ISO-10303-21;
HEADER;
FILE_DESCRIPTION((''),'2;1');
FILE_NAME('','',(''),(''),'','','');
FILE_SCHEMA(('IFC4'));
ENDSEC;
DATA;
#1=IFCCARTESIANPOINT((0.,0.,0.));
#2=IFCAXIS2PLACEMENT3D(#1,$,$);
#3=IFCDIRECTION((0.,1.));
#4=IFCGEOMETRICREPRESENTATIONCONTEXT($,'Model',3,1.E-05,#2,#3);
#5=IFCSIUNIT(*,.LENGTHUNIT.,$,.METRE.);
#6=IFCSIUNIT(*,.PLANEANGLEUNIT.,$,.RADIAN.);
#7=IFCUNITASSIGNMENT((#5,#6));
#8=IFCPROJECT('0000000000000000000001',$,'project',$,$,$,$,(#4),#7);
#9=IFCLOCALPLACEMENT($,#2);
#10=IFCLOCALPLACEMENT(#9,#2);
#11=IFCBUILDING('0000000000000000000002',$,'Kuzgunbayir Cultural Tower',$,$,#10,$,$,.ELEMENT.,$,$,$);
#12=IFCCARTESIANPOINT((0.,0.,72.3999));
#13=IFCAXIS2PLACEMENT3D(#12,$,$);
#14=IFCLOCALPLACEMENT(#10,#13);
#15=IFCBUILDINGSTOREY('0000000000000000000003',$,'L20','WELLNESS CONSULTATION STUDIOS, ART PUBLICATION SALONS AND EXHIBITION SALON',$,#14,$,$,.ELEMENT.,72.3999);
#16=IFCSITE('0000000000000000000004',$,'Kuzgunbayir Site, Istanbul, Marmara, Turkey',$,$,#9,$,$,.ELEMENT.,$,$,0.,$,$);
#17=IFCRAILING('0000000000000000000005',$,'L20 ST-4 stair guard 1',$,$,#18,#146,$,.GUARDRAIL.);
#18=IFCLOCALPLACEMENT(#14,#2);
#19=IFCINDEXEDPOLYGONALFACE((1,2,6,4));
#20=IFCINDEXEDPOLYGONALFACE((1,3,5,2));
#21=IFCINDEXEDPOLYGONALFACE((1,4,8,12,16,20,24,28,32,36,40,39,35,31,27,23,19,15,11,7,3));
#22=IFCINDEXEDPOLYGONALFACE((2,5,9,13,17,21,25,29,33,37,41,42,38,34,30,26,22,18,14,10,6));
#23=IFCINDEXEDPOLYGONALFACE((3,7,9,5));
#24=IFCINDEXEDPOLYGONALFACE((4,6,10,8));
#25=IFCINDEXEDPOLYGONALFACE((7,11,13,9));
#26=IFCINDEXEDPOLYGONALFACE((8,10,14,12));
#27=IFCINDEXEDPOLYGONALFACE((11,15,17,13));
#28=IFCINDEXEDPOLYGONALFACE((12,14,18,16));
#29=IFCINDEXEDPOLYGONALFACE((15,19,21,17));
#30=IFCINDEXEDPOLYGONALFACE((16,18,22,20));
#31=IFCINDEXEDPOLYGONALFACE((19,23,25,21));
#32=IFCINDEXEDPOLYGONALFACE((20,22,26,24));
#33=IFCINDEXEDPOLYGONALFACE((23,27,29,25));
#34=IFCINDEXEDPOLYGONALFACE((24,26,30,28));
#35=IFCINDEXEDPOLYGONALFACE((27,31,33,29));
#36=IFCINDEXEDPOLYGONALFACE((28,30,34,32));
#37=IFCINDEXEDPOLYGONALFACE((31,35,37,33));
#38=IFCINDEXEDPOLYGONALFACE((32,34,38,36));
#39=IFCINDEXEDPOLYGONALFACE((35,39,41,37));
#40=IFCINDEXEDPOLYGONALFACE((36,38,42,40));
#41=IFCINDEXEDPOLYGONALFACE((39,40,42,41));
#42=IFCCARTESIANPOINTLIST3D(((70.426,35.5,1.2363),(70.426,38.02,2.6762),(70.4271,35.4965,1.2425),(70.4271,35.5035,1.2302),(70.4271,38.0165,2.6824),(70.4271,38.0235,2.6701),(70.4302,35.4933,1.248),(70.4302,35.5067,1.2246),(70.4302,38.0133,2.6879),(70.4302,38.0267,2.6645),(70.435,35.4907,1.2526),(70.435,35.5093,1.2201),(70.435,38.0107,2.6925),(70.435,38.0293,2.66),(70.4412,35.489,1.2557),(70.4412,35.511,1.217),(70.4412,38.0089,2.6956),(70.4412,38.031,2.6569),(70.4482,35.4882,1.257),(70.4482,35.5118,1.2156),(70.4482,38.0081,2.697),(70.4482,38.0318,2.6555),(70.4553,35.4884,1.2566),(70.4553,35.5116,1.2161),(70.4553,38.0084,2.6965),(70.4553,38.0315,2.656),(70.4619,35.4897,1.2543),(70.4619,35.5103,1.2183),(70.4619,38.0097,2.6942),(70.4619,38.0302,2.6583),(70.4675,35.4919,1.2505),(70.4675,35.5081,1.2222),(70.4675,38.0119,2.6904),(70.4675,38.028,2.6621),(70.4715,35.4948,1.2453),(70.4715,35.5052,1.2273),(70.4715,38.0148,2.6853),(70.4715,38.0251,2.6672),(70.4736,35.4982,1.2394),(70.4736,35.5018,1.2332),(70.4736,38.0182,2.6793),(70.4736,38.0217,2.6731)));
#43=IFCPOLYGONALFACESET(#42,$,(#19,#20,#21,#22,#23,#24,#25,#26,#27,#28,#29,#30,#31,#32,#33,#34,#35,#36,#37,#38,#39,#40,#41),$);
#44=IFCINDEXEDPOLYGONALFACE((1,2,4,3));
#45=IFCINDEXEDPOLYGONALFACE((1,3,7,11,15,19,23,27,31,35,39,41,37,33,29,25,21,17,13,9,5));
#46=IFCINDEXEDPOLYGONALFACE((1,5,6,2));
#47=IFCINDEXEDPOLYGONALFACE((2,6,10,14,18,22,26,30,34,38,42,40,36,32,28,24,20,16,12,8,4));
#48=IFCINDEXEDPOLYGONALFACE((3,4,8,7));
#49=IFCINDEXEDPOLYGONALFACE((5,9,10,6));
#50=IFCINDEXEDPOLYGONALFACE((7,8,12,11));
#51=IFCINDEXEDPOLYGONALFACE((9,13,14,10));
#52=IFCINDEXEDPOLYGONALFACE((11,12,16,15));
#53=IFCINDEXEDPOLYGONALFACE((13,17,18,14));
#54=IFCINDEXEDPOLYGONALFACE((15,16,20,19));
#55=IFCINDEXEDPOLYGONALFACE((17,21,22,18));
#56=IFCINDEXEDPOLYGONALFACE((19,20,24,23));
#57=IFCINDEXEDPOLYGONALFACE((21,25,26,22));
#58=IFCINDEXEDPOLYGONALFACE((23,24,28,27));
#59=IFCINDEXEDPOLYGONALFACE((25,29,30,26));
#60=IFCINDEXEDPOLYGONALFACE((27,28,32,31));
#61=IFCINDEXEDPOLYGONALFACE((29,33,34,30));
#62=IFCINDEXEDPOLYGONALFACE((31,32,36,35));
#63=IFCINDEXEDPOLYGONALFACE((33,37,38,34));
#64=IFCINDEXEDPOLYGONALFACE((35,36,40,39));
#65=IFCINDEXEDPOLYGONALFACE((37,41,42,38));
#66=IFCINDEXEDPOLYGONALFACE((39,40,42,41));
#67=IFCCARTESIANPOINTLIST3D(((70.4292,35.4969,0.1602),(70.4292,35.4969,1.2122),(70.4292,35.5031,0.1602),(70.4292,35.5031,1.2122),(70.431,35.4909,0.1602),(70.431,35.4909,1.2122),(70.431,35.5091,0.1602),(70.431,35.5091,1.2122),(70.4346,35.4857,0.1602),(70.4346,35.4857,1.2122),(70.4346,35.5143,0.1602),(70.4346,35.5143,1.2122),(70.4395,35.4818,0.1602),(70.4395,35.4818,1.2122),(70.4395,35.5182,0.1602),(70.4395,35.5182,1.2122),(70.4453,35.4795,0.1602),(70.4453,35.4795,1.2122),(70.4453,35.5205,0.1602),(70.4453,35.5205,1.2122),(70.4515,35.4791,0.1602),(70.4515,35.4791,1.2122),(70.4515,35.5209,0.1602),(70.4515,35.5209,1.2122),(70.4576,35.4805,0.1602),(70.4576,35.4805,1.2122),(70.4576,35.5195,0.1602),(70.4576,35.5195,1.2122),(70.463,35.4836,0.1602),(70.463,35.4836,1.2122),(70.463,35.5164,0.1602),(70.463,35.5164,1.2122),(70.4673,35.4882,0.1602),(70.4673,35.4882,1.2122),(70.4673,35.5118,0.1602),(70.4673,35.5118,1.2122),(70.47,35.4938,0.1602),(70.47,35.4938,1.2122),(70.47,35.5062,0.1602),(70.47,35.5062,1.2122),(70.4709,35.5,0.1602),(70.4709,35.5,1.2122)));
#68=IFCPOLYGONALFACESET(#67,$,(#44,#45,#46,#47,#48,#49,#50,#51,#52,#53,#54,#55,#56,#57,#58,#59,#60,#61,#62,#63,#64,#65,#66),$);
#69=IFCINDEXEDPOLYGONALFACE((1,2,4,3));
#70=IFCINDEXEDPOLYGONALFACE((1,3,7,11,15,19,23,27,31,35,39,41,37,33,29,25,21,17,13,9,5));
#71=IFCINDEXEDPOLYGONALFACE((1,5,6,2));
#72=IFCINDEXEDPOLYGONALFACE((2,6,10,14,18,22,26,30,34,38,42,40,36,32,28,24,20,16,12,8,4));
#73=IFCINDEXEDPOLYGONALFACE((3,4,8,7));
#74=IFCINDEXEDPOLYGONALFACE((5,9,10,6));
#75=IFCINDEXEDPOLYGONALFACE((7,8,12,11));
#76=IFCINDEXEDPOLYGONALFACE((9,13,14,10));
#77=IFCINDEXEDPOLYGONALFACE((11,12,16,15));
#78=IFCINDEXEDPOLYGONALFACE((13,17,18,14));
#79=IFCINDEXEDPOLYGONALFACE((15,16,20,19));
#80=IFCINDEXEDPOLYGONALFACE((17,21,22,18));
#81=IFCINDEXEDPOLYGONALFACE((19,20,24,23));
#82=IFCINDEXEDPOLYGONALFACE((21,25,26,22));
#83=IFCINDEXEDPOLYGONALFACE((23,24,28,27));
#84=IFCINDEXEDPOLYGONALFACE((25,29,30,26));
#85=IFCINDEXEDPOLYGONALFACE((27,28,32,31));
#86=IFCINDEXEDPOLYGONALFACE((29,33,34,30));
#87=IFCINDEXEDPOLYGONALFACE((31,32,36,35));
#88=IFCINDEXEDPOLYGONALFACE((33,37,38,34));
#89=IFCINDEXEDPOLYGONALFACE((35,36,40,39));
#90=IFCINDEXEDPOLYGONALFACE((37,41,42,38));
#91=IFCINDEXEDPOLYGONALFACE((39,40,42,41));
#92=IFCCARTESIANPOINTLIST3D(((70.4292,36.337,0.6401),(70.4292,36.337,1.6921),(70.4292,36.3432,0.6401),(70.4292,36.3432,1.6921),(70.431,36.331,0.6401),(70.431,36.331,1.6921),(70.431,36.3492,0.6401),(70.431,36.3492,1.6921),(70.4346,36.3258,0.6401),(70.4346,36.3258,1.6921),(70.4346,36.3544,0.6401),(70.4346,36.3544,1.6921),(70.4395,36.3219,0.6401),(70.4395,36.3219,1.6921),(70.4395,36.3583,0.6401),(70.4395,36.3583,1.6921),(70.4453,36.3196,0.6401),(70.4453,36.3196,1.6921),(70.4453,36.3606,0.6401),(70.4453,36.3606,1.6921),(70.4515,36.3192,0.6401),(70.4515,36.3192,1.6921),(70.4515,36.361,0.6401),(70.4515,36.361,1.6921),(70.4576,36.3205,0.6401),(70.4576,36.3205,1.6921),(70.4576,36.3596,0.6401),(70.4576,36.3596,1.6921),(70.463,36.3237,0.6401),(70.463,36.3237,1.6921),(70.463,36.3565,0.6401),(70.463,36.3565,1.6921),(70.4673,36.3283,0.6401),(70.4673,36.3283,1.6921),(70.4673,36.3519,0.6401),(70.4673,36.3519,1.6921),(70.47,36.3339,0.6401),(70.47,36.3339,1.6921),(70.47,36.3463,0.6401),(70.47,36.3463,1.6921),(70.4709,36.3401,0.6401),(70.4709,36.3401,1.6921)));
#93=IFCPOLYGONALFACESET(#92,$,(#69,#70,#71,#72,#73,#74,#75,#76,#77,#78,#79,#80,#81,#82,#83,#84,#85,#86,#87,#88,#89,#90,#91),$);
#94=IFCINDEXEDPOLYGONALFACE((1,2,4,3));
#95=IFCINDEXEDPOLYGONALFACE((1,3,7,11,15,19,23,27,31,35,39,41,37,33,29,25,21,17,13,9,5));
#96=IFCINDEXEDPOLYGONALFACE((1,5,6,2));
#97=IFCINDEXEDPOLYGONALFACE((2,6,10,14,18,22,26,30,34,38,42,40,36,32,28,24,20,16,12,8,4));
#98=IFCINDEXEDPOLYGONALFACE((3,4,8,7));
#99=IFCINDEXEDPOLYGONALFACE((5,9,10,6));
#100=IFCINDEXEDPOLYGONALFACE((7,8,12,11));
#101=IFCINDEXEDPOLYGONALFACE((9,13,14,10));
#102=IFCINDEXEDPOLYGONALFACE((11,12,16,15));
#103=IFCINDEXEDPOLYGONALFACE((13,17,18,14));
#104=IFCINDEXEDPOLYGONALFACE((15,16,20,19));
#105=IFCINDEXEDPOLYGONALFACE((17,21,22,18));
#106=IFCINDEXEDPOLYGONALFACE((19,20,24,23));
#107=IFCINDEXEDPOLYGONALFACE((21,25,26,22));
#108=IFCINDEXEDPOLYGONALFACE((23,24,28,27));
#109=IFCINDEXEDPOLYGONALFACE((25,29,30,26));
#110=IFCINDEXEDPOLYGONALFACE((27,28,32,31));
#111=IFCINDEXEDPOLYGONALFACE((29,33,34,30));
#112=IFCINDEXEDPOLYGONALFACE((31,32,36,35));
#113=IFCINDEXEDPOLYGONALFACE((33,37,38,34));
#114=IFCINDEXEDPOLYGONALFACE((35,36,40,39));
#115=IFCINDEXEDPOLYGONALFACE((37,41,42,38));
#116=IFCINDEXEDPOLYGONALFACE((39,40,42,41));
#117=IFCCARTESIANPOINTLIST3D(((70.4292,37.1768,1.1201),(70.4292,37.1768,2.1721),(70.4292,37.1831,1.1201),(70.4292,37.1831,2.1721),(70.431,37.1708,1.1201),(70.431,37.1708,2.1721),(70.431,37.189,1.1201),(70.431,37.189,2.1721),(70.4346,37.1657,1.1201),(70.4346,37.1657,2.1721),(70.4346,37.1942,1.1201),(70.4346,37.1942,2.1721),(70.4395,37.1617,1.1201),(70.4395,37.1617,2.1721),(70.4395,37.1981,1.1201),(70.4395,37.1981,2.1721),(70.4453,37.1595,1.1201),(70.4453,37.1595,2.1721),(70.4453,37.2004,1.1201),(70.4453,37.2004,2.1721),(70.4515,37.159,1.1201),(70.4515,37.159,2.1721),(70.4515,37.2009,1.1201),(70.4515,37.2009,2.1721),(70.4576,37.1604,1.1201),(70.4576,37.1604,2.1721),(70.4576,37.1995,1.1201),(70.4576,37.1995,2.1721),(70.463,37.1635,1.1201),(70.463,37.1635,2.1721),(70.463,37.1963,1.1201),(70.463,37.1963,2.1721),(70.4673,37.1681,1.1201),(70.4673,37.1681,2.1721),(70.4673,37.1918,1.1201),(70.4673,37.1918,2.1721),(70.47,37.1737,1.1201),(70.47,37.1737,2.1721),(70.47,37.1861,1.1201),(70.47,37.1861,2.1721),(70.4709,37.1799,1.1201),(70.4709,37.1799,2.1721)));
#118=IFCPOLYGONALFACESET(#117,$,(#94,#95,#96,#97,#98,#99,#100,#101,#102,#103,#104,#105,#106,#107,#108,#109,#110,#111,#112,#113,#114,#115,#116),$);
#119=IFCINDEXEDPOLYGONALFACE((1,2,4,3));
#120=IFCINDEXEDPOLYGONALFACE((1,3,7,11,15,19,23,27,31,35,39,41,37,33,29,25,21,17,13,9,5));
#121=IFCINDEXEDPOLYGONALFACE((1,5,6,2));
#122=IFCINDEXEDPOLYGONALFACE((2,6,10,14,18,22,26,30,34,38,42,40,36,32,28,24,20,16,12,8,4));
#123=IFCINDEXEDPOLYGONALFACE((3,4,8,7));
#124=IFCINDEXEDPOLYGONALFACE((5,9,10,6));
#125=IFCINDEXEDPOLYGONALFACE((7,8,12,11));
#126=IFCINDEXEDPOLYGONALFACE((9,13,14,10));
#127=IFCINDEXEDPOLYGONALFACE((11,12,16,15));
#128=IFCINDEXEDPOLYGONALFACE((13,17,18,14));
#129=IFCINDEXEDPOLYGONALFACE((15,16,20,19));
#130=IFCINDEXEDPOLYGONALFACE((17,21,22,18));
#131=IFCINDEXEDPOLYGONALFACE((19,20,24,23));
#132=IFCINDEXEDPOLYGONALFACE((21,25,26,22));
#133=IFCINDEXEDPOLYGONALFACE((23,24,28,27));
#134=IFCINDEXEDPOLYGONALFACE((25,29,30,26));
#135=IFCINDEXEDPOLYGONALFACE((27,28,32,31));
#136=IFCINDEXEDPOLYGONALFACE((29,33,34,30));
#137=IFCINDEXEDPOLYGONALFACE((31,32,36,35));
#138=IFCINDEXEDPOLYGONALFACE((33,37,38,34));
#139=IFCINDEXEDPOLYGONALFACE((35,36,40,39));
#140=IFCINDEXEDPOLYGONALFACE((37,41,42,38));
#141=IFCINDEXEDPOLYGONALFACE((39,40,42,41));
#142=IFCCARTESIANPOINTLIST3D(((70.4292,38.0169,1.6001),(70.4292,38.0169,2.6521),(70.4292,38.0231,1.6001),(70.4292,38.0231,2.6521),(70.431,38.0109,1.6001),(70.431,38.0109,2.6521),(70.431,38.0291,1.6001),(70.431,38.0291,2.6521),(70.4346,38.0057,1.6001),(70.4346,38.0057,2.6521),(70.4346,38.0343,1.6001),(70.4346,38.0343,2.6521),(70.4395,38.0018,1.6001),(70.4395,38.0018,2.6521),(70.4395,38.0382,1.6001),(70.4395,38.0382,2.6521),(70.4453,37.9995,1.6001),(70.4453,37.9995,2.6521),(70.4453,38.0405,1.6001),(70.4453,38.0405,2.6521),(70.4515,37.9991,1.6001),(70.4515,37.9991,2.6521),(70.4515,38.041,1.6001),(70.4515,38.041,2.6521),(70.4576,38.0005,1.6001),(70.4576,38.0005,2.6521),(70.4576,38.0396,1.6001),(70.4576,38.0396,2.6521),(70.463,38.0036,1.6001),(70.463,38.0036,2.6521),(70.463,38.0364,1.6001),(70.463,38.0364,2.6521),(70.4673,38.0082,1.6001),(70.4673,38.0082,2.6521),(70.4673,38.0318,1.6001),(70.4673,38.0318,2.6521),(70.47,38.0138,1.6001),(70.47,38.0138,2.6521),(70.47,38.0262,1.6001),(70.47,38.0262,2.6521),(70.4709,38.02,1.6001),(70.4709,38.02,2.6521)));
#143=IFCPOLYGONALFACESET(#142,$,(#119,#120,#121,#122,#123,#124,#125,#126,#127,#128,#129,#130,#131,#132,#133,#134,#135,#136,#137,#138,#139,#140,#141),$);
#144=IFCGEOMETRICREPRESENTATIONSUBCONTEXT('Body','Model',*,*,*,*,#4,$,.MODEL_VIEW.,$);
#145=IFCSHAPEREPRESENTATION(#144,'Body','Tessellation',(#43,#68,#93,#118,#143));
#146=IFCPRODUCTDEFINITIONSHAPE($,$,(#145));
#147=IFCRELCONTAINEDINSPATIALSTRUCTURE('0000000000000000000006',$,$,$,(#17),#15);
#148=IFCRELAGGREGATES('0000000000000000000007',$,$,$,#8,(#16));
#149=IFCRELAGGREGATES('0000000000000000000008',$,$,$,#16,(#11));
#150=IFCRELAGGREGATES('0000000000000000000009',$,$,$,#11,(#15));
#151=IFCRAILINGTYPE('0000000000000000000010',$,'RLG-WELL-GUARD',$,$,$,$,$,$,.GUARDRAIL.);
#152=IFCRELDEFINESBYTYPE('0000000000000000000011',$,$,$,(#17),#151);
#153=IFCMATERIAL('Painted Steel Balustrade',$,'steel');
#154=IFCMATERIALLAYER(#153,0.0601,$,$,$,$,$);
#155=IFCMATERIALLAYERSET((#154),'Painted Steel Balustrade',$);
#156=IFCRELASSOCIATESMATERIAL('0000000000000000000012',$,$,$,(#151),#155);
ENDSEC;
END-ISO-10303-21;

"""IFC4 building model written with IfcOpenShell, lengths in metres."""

from ifc_helpers import new_model, si_unit, direction, frame, origin, origin_2d, place, context, subcontext, project, spatial, circle, extrude, material, layer, layer_set, type_object, element, save


model = new_model("IFC4")

# Units and contexts
model_context = context("Model", 3, precision=1e-05, world=origin(), true_north=direction((0.0, 1.0)))
body_context = subcontext(model_context, "Body", "Model", "MODEL_VIEW")
ifc_project = project(units=[si_unit("LENGTHUNIT", "METRE"), si_unit("PLANEANGLEUNIT", "RADIAN")], contexts=[model_context])

# Site, building, storey
site_placement = place(None, origin())
site = spatial("IfcSite", under=ifc_project, at=site_placement, Name="Kuzgunbayir Site, Istanbul, Marmara, Turkey", CompositionType="ELEMENT", RefElevation=0.0)
building_placement = place(site_placement, origin())
building = spatial("IfcBuilding", under=site, at=building_placement, Name="Kuzgunbayir Cultural Tower", CompositionType="ELEMENT")
storey_placement = place(building_placement, frame((0.0, 0.0, 72.3999)))
storey = spatial("IfcBuildingStorey", under=building, at=storey_placement, Name="L20", Description="WELLNESS CONSULTATION STUDIOS, ART PUBLICATION SALONS AND EXHIBITION SALON", CompositionType="ELEMENT", Elevation=72.3999)

# Railing
ifc_material_1 = material(Name="Painted Steel Balustrade", Category="steel")
ifc_layer_1 = layer(ifc_material_1, 0.0601)
ifc_layer_set_1 = layer_set([ifc_layer_1], Name="Painted Steel Balustrade")
railing_type_1 = type_object("IfcRailingType", Name="RLG-WELL-GUARD", PredefinedType="GUARDRAIL", material=ifc_layer_set_1)
railing_1_placement = place(storey_placement, frame((70.45, 35.5, 0.1602)))
element("IfcRailing", 1, at=railing_1_placement, inside=storey, type_object=railing_type_1, Name="L20 ST-4 stair guard 1", PredefinedType="GUARDRAIL", context=body_context, shape_type="SweptSolid", body=[
    extrude(circle(Radius=0.0239, at=origin_2d()), frame((0.0, 0.0, 1.0762), z_axis=(0.0, 0.868253, 0.496121), x_axis=(-1.0, 0.0, 0.0)), (0.0, 0.0, 1.0), 2.9023),
    extrude(circle(Radius=0.021, at=origin_2d()), origin(), (0.0, 0.0, 1.0), 1.052),
    extrude(circle(Radius=0.021, at=origin_2d()), frame((0.0, 0.8401, 0.48)), (0.0, 0.0, 1.0), 1.052),
    extrude(circle(Radius=0.021, at=origin_2d()), frame((0.0, 1.6799, 0.96)), (0.0, 0.0, 1.0), 1.052),
    extrude(circle(Radius=0.021, at=origin_2d()), frame((0.0, 2.52, 1.4399)), (0.0, 0.0, 1.0), 1.052),
])

save(model, "model.ifc")
